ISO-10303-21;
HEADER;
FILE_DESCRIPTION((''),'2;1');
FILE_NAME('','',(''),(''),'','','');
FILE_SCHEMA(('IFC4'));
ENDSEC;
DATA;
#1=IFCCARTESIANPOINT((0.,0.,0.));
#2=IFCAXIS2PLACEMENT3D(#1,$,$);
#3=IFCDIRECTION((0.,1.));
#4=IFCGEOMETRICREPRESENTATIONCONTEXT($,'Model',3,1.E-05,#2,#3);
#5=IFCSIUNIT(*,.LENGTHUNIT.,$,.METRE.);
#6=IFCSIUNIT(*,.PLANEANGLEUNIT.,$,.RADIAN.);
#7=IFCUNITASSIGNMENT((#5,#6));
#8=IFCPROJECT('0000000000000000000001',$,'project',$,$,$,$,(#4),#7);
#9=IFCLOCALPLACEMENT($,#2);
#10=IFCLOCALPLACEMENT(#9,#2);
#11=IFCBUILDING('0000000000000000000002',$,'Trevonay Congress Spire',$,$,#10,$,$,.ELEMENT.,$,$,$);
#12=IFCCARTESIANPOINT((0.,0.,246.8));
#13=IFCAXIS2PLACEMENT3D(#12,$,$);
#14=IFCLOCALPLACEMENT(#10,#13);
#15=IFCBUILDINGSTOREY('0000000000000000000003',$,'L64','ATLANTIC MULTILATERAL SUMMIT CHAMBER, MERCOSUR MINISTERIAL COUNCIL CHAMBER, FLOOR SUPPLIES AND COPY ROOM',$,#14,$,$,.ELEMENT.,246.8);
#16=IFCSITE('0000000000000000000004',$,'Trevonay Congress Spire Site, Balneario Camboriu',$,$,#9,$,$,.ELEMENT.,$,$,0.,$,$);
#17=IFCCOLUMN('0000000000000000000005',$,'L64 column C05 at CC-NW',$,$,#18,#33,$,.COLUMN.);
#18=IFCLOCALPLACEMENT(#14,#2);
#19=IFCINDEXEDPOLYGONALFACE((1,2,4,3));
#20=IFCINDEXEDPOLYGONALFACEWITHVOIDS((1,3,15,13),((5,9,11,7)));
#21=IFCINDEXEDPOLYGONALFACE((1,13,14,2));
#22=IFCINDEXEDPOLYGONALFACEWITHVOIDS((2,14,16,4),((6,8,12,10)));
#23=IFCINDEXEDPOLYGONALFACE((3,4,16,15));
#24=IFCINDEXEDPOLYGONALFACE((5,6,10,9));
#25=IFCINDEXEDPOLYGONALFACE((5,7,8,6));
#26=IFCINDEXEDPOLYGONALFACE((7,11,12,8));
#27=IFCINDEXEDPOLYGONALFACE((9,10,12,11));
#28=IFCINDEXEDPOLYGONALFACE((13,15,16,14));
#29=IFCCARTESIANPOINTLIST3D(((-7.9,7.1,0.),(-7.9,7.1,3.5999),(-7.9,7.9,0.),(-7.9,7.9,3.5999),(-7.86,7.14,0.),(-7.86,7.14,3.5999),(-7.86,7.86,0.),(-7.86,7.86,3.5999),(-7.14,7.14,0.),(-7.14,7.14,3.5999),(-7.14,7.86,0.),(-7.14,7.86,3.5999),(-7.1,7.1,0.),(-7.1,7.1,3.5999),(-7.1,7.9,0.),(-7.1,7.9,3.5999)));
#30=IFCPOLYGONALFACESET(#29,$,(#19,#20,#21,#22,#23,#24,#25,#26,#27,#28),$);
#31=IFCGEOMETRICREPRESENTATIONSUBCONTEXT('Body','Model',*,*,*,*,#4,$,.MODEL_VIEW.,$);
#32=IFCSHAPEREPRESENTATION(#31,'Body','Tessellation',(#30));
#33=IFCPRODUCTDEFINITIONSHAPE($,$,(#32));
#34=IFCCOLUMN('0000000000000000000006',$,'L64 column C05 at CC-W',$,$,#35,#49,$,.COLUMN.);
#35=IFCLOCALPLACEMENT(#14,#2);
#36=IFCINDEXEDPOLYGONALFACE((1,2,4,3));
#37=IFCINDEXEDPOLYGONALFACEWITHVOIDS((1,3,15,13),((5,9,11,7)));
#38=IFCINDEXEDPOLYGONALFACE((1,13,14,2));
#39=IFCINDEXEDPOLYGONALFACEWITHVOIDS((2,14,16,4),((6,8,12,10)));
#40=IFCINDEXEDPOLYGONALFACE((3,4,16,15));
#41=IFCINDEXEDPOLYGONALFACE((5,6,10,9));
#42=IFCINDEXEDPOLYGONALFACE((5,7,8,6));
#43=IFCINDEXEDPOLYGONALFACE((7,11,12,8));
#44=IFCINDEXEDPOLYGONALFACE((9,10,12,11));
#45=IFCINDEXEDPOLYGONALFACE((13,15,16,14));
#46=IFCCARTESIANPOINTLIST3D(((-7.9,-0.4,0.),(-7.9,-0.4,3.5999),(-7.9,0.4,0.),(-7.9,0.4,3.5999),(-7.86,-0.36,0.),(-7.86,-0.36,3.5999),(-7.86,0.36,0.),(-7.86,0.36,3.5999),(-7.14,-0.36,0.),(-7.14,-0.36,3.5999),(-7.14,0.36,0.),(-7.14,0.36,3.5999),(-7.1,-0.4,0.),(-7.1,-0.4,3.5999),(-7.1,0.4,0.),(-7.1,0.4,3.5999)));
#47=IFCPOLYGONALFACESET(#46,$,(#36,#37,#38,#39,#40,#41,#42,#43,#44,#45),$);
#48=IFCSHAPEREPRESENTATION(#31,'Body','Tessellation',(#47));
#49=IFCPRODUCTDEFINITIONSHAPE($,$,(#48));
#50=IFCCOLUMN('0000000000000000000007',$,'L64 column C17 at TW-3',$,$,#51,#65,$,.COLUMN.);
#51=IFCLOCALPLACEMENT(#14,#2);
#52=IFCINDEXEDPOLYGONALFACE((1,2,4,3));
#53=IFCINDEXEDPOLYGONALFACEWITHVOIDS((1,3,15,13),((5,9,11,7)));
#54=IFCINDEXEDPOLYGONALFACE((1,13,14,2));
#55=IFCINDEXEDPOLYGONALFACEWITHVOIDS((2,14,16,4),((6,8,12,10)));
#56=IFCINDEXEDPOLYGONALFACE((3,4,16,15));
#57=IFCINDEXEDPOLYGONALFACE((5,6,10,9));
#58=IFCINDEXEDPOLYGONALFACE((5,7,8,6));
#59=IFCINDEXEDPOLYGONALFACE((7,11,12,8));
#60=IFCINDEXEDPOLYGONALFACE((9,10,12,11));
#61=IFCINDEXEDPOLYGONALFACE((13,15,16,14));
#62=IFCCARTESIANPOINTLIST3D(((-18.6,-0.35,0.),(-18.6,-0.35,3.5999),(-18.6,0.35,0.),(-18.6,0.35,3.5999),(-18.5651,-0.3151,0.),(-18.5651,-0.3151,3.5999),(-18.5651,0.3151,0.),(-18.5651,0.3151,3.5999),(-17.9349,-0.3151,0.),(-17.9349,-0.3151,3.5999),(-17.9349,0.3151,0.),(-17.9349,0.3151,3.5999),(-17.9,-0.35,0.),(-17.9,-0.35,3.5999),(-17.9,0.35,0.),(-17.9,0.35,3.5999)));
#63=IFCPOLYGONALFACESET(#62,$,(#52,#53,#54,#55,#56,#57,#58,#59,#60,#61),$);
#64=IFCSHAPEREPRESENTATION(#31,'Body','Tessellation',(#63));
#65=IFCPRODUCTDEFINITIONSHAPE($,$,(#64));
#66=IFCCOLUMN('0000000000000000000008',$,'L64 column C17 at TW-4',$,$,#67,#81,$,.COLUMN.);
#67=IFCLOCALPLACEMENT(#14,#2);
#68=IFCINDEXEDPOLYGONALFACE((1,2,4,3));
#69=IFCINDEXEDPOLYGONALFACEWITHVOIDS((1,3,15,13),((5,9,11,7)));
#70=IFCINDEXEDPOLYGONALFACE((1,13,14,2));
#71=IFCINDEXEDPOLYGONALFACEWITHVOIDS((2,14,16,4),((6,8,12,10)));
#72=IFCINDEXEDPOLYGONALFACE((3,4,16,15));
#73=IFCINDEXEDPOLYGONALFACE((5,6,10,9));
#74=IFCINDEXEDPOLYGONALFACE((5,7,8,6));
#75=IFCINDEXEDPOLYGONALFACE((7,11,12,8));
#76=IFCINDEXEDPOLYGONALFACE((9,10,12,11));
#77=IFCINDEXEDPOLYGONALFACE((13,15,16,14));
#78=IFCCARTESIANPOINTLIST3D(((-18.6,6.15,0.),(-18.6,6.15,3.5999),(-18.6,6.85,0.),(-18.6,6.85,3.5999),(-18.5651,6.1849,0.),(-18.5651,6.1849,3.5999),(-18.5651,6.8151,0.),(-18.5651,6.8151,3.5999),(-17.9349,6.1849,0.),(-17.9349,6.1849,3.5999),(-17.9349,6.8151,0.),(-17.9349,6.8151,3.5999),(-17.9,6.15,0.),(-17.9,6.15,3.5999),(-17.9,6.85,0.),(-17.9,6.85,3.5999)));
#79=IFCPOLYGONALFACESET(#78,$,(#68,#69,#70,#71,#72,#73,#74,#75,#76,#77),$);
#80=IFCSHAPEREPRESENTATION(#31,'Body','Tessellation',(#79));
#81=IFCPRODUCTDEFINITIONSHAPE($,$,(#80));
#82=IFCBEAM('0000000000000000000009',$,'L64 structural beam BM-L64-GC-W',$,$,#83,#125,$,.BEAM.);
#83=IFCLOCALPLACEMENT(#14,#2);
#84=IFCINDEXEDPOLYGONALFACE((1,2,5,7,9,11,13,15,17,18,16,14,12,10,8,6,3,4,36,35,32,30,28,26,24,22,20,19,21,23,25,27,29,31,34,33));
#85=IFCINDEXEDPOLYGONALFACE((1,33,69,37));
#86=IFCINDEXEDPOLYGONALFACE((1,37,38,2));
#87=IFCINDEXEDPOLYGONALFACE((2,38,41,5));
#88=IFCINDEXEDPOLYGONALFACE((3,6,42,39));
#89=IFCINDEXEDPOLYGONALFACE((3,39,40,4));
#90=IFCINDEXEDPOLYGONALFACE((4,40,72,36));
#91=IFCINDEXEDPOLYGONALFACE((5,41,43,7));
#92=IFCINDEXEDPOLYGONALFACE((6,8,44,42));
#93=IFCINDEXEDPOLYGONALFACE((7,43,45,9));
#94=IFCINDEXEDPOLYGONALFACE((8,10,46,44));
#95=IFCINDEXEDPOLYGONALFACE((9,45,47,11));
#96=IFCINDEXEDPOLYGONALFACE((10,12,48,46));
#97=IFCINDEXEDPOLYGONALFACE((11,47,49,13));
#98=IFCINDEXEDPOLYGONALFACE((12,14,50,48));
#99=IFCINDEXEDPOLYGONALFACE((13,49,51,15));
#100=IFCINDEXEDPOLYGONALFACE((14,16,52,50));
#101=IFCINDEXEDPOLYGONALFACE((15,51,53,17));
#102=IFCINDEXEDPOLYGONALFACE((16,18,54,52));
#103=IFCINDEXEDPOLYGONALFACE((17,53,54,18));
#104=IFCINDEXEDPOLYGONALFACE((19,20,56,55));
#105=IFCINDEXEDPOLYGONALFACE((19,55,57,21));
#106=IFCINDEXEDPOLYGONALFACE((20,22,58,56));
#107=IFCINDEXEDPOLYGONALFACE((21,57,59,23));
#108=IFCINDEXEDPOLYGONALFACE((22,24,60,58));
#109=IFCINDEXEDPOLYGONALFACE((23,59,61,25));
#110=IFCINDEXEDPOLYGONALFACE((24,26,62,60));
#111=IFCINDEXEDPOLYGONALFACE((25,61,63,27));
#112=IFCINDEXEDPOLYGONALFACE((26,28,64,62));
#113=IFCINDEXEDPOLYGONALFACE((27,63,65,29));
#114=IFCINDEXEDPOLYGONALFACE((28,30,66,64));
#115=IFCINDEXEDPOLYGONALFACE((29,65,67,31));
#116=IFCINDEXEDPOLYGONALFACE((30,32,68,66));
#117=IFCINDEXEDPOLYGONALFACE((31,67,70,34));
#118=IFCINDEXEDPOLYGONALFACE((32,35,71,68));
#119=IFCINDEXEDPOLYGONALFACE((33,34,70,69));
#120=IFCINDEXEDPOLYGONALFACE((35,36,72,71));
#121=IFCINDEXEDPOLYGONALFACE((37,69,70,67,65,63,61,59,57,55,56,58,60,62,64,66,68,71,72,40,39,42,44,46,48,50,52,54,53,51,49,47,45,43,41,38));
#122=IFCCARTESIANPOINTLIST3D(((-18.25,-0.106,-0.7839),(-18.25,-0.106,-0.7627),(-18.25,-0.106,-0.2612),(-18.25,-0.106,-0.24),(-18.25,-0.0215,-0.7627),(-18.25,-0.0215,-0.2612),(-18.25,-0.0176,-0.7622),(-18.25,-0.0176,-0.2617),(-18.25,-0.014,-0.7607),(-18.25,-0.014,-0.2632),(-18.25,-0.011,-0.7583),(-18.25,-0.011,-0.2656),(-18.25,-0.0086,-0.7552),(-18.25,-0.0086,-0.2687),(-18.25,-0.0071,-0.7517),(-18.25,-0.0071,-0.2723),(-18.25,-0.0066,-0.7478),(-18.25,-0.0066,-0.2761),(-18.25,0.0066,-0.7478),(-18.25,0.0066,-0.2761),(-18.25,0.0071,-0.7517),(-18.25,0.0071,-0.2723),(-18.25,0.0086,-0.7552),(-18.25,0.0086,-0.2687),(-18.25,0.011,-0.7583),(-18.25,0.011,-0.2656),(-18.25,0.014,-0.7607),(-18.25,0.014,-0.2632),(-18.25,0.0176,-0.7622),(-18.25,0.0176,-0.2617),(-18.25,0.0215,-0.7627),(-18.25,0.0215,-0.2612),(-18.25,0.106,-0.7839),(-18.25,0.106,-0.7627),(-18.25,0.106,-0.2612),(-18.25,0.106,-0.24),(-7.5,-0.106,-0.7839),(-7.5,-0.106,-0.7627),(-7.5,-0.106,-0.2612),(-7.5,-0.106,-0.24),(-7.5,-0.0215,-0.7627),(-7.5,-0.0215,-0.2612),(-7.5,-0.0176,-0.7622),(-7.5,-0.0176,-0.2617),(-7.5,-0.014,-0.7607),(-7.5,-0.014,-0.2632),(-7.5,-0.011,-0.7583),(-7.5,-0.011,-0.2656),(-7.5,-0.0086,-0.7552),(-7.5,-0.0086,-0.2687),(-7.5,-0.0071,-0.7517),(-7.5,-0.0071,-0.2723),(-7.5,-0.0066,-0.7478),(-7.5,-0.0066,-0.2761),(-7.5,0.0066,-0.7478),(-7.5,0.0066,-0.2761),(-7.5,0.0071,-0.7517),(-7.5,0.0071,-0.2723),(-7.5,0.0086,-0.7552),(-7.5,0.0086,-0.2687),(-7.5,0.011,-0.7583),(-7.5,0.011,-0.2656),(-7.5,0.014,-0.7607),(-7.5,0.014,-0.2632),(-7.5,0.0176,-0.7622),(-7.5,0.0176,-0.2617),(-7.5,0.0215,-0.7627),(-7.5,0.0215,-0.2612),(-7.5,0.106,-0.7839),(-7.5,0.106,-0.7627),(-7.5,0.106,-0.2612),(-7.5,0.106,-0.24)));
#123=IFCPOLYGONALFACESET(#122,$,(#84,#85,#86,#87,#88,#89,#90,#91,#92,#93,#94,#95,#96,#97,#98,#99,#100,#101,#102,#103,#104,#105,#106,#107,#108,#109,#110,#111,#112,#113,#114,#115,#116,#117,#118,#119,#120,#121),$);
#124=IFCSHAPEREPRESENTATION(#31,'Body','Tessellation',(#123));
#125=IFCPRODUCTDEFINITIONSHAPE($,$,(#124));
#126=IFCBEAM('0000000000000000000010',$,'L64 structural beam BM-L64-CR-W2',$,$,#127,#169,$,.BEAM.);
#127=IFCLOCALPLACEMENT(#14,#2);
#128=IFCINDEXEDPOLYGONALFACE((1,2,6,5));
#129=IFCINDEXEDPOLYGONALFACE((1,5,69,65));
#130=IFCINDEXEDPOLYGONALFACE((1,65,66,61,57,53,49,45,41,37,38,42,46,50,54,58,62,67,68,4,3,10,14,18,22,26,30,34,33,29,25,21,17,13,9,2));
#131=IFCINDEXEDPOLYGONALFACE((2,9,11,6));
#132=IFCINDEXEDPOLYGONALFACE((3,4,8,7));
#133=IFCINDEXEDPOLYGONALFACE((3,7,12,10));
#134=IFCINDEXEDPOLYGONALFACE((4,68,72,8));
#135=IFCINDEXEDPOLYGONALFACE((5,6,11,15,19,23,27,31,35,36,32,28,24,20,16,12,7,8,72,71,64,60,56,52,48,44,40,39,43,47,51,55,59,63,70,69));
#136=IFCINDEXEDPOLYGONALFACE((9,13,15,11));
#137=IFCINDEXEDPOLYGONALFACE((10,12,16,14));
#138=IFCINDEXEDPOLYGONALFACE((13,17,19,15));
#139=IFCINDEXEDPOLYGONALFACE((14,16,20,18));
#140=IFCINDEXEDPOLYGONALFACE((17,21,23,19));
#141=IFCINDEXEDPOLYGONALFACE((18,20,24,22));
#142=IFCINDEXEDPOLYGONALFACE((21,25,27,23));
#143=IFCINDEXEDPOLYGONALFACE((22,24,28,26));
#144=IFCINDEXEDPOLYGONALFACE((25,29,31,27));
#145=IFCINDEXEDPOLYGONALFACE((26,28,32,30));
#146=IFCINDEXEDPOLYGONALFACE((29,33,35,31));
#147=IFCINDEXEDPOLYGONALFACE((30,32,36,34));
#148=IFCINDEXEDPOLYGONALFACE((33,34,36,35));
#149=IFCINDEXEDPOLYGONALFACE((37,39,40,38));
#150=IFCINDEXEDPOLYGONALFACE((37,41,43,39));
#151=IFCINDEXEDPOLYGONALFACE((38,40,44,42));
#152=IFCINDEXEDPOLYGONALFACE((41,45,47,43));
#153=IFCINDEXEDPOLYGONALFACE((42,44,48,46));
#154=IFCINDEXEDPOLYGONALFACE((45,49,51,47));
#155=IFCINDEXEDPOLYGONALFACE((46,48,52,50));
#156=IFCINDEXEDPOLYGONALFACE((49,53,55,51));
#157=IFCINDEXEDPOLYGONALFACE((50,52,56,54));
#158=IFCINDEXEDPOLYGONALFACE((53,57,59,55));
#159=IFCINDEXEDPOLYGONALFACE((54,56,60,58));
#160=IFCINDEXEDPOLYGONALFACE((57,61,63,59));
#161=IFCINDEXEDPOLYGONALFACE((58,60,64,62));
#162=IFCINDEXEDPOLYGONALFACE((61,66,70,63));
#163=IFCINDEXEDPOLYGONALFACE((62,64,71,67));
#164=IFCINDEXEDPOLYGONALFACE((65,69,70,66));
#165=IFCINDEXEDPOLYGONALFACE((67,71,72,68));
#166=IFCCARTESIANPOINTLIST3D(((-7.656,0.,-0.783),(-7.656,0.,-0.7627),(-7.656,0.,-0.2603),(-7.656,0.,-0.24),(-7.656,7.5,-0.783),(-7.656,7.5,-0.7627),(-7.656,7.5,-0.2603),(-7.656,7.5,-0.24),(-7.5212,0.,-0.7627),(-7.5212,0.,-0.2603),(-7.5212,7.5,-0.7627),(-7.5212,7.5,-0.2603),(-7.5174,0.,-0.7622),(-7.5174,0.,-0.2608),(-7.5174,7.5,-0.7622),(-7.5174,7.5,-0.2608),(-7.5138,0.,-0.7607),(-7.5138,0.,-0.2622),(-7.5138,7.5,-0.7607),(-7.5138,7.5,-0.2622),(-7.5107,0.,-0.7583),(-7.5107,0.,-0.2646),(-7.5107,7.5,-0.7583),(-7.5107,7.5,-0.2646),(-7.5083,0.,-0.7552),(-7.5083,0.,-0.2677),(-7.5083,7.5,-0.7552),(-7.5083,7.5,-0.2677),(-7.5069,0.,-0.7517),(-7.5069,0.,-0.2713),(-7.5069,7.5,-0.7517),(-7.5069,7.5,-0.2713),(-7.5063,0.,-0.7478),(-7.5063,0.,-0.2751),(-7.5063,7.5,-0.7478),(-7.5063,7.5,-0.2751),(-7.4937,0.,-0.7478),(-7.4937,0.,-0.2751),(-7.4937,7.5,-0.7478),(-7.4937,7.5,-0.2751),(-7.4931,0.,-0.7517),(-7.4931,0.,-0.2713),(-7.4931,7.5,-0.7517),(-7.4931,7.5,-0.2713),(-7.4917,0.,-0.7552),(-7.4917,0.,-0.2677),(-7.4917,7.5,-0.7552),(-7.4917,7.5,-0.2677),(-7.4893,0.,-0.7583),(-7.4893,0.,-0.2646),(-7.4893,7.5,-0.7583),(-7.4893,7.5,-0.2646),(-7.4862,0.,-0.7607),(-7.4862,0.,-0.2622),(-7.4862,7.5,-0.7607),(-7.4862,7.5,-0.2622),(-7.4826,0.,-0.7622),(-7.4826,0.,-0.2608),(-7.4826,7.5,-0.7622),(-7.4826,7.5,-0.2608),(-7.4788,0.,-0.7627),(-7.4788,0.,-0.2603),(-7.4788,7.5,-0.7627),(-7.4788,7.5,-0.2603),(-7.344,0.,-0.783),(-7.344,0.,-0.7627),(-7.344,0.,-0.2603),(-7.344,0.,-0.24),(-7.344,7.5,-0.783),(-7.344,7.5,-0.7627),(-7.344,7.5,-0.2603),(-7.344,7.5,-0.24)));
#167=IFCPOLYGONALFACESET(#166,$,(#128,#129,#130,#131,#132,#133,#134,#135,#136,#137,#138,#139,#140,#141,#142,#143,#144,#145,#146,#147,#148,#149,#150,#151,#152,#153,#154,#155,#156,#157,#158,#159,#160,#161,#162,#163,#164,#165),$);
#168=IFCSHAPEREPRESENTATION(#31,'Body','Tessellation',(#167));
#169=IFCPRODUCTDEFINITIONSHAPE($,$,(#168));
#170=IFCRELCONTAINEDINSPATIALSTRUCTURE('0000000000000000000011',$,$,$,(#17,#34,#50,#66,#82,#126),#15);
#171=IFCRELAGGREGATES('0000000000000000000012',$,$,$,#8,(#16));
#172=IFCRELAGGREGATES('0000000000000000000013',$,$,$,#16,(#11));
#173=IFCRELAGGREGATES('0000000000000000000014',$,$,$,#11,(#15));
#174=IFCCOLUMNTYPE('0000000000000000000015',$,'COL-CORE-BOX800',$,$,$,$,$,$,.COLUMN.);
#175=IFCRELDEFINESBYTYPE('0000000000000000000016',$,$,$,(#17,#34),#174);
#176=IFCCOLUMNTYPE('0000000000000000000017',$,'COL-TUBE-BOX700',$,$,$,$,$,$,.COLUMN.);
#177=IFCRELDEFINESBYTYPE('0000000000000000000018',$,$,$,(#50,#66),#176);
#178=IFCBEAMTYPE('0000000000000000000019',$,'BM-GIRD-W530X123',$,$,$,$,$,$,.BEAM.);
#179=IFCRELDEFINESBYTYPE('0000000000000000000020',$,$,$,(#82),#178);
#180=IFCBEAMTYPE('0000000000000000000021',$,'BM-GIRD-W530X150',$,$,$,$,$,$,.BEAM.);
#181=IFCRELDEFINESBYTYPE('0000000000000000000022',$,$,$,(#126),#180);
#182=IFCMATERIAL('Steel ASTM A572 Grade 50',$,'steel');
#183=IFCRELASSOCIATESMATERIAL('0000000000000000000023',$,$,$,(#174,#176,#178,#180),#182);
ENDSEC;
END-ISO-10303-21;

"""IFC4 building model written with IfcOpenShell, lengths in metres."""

from ifc_helpers import new_model, si_unit, direction, frame, origin, origin_2d, place, context, subcontext, project, spatial, hollow_rectangle, i_section, extrude, material, material_profile, profile_set, type_object, element, save


model = new_model("IFC4")

# Units and contexts
model_context = context("Model", 3, precision=1e-05, world=origin(), true_north=direction((0.0, 1.0)))
body_context = subcontext(model_context, "Body", "Model", "MODEL_VIEW")
ifc_project = project(units=[si_unit("LENGTHUNIT", "METRE"), si_unit("PLANEANGLEUNIT", "RADIAN")], contexts=[model_context])

# Site, building, storey
site_placement = place(None, origin())
site = spatial("IfcSite", under=ifc_project, at=site_placement, Name="Trevonay Congress Spire Site, Balneario Camboriu", CompositionType="ELEMENT", RefElevation=0.0)
building_placement = place(site_placement, origin())
building = spatial("IfcBuilding", under=site, at=building_placement, Name="Trevonay Congress Spire", CompositionType="ELEMENT")
storey_placement = place(building_placement, frame((0.0, 0.0, 246.8)))
storey = spatial("IfcBuildingStorey", under=building, at=storey_placement, Name="L64", Description="ATLANTIC MULTILATERAL SUMMIT CHAMBER, MERCOSUR MINISTERIAL COUNCIL CHAMBER, FLOOR SUPPLIES AND COPY ROOM", CompositionType="ELEMENT", Elevation=246.8)

# Columns
ifc_material_1 = material(Name="Steel ASTM A572 Grade 50", Category="steel")
ifc_material_profile_1 = material_profile(ifc_material_1, hollow_rectangle(XDim=0.8, YDim=0.8, WallThickness=0.04, at=origin_2d()), Name="BOX 800x800x40")
ifc_profile_set_1 = profile_set([ifc_material_profile_1], Name="Steel ASTM A572 Grade 50")
column_type_1 = type_object("IfcColumnType", Name="COL-CORE-BOX800", PredefinedType="COLUMN", material=ifc_profile_set_1)
for number, where, z_axis, x_axis, name in (
    (1, (-7.5, 7.5, 0.0), (0.0, 0.0, 1.0), (1.0, 0.0, 0.0), "L64 column C05 at CC-NW"),
    (2, (-7.5, 0.0, 0.0), (0.0, 0.0, 1.0), (1.0, 0.0, 0.0), "L64 column C05 at CC-W"),
):
    element("IfcColumn", number, at=place(storey_placement, frame(where, z_axis=z_axis, x_axis=x_axis)), inside=storey, type_object=column_type_1, Name=name, PredefinedType="COLUMN", context=body_context, shape_type="SweptSolid", body=[
        extrude(hollow_rectangle(XDim=0.8, YDim=0.8, WallThickness=0.04, at=origin_2d()), origin(), (0.0, 0.0, 1.0), 3.5999),
    ])
ifc_material_profile_2 = material_profile(ifc_material_1, hollow_rectangle(XDim=0.7, YDim=0.7, WallThickness=0.0349, at=origin_2d()), Name="BOX 700x700x35")
ifc_profile_set_2 = profile_set([ifc_material_profile_2], Name="Steel ASTM A572 Grade 50")
column_type_2 = type_object("IfcColumnType", Name="COL-TUBE-BOX700", PredefinedType="COLUMN", material=ifc_profile_set_2)
for number, where, z_axis, x_axis, name in (
    (3, (-18.25, 0.0, 0.0), (0.0, 0.0, 1.0), (1.0, 0.0, 0.0), "L64 column C17 at TW-3"),
    (4, (-18.25, 6.5, 0.0), (0.0, 0.0, 1.0), (1.0, 0.0, 0.0), "L64 column C17 at TW-4"),
):
    element("IfcColumn", number, at=place(storey_placement, frame(where, z_axis=z_axis, x_axis=x_axis)), inside=storey, type_object=column_type_2, Name=name, PredefinedType="COLUMN", context=body_context, shape_type="SweptSolid", body=[
        extrude(hollow_rectangle(XDim=0.7, YDim=0.7, WallThickness=0.0349, at=origin_2d()), origin(), (0.0, 0.0, 1.0), 3.5999),
    ])

# Beams
ifc_material_profile_3 = material_profile(ifc_material_1, i_section(OverallWidth=0.2119, OverallDepth=0.5439, WebThickness=0.0132, FlangeThickness=0.0212, FilletRadius=0.0149, at=origin_2d()), Name="W530x123")
ifc_profile_set_3 = profile_set([ifc_material_profile_3], Name="Steel ASTM A572 Grade 50")
beam_type_1 = type_object("IfcBeamType", Name="BM-GIRD-W530X123", PredefinedType="BEAM", material=ifc_profile_set_3)
beam_1_placement = place(storey_placement, frame((-7.5, 0.0, -0.512), z_axis=(-1.0, 0.0, 0.0), x_axis=(0.0, -1.0, 0.0)))
element("IfcBeam", 5, at=beam_1_placement, inside=storey, type_object=beam_type_1, Name="L64 structural beam BM-L64-GC-W", PredefinedType="BEAM", context=body_context, shape_type="SweptSolid", body=[
    extrude(i_section(OverallWidth=0.2119, OverallDepth=0.5439, WebThickness=0.0132, FlangeThickness=0.0212, FilletRadius=0.0149, at=origin_2d()), origin(), (0.0, 0.0, 1.0), 10.75),
])
ifc_material_profile_4 = material_profile(ifc_material_1, i_section(OverallWidth=0.312, OverallDepth=0.543, WebThickness=0.0127, FlangeThickness=0.0203, FilletRadius=0.0149, at=origin_2d()), Name="W530x150")
ifc_profile_set_4 = profile_set([ifc_material_profile_4], Name="Steel ASTM A572 Grade 50")
beam_type_2 = type_object("IfcBeamType", Name="BM-GIRD-W530X150", PredefinedType="BEAM", material=ifc_profile_set_4)
beam_2_placement = place(storey_placement, frame((-7.5, 0.0, -0.5115), z_axis=(0.0, 1.0, 0.0), x_axis=(-1.0, 0.0, 0.0)))
element("IfcBeam", 6, at=beam_2_placement, inside=storey, type_object=beam_type_2, Name="L64 structural beam BM-L64-CR-W2", PredefinedType="BEAM", context=body_context, shape_type="SweptSolid", body=[
    extrude(i_section(OverallWidth=0.312, OverallDepth=0.543, WebThickness=0.0127, FlangeThickness=0.0203, FilletRadius=0.0149, at=origin_2d()), origin(), (0.0, 0.0, 1.0), 7.5),
])

save(model, "model.ifc")
